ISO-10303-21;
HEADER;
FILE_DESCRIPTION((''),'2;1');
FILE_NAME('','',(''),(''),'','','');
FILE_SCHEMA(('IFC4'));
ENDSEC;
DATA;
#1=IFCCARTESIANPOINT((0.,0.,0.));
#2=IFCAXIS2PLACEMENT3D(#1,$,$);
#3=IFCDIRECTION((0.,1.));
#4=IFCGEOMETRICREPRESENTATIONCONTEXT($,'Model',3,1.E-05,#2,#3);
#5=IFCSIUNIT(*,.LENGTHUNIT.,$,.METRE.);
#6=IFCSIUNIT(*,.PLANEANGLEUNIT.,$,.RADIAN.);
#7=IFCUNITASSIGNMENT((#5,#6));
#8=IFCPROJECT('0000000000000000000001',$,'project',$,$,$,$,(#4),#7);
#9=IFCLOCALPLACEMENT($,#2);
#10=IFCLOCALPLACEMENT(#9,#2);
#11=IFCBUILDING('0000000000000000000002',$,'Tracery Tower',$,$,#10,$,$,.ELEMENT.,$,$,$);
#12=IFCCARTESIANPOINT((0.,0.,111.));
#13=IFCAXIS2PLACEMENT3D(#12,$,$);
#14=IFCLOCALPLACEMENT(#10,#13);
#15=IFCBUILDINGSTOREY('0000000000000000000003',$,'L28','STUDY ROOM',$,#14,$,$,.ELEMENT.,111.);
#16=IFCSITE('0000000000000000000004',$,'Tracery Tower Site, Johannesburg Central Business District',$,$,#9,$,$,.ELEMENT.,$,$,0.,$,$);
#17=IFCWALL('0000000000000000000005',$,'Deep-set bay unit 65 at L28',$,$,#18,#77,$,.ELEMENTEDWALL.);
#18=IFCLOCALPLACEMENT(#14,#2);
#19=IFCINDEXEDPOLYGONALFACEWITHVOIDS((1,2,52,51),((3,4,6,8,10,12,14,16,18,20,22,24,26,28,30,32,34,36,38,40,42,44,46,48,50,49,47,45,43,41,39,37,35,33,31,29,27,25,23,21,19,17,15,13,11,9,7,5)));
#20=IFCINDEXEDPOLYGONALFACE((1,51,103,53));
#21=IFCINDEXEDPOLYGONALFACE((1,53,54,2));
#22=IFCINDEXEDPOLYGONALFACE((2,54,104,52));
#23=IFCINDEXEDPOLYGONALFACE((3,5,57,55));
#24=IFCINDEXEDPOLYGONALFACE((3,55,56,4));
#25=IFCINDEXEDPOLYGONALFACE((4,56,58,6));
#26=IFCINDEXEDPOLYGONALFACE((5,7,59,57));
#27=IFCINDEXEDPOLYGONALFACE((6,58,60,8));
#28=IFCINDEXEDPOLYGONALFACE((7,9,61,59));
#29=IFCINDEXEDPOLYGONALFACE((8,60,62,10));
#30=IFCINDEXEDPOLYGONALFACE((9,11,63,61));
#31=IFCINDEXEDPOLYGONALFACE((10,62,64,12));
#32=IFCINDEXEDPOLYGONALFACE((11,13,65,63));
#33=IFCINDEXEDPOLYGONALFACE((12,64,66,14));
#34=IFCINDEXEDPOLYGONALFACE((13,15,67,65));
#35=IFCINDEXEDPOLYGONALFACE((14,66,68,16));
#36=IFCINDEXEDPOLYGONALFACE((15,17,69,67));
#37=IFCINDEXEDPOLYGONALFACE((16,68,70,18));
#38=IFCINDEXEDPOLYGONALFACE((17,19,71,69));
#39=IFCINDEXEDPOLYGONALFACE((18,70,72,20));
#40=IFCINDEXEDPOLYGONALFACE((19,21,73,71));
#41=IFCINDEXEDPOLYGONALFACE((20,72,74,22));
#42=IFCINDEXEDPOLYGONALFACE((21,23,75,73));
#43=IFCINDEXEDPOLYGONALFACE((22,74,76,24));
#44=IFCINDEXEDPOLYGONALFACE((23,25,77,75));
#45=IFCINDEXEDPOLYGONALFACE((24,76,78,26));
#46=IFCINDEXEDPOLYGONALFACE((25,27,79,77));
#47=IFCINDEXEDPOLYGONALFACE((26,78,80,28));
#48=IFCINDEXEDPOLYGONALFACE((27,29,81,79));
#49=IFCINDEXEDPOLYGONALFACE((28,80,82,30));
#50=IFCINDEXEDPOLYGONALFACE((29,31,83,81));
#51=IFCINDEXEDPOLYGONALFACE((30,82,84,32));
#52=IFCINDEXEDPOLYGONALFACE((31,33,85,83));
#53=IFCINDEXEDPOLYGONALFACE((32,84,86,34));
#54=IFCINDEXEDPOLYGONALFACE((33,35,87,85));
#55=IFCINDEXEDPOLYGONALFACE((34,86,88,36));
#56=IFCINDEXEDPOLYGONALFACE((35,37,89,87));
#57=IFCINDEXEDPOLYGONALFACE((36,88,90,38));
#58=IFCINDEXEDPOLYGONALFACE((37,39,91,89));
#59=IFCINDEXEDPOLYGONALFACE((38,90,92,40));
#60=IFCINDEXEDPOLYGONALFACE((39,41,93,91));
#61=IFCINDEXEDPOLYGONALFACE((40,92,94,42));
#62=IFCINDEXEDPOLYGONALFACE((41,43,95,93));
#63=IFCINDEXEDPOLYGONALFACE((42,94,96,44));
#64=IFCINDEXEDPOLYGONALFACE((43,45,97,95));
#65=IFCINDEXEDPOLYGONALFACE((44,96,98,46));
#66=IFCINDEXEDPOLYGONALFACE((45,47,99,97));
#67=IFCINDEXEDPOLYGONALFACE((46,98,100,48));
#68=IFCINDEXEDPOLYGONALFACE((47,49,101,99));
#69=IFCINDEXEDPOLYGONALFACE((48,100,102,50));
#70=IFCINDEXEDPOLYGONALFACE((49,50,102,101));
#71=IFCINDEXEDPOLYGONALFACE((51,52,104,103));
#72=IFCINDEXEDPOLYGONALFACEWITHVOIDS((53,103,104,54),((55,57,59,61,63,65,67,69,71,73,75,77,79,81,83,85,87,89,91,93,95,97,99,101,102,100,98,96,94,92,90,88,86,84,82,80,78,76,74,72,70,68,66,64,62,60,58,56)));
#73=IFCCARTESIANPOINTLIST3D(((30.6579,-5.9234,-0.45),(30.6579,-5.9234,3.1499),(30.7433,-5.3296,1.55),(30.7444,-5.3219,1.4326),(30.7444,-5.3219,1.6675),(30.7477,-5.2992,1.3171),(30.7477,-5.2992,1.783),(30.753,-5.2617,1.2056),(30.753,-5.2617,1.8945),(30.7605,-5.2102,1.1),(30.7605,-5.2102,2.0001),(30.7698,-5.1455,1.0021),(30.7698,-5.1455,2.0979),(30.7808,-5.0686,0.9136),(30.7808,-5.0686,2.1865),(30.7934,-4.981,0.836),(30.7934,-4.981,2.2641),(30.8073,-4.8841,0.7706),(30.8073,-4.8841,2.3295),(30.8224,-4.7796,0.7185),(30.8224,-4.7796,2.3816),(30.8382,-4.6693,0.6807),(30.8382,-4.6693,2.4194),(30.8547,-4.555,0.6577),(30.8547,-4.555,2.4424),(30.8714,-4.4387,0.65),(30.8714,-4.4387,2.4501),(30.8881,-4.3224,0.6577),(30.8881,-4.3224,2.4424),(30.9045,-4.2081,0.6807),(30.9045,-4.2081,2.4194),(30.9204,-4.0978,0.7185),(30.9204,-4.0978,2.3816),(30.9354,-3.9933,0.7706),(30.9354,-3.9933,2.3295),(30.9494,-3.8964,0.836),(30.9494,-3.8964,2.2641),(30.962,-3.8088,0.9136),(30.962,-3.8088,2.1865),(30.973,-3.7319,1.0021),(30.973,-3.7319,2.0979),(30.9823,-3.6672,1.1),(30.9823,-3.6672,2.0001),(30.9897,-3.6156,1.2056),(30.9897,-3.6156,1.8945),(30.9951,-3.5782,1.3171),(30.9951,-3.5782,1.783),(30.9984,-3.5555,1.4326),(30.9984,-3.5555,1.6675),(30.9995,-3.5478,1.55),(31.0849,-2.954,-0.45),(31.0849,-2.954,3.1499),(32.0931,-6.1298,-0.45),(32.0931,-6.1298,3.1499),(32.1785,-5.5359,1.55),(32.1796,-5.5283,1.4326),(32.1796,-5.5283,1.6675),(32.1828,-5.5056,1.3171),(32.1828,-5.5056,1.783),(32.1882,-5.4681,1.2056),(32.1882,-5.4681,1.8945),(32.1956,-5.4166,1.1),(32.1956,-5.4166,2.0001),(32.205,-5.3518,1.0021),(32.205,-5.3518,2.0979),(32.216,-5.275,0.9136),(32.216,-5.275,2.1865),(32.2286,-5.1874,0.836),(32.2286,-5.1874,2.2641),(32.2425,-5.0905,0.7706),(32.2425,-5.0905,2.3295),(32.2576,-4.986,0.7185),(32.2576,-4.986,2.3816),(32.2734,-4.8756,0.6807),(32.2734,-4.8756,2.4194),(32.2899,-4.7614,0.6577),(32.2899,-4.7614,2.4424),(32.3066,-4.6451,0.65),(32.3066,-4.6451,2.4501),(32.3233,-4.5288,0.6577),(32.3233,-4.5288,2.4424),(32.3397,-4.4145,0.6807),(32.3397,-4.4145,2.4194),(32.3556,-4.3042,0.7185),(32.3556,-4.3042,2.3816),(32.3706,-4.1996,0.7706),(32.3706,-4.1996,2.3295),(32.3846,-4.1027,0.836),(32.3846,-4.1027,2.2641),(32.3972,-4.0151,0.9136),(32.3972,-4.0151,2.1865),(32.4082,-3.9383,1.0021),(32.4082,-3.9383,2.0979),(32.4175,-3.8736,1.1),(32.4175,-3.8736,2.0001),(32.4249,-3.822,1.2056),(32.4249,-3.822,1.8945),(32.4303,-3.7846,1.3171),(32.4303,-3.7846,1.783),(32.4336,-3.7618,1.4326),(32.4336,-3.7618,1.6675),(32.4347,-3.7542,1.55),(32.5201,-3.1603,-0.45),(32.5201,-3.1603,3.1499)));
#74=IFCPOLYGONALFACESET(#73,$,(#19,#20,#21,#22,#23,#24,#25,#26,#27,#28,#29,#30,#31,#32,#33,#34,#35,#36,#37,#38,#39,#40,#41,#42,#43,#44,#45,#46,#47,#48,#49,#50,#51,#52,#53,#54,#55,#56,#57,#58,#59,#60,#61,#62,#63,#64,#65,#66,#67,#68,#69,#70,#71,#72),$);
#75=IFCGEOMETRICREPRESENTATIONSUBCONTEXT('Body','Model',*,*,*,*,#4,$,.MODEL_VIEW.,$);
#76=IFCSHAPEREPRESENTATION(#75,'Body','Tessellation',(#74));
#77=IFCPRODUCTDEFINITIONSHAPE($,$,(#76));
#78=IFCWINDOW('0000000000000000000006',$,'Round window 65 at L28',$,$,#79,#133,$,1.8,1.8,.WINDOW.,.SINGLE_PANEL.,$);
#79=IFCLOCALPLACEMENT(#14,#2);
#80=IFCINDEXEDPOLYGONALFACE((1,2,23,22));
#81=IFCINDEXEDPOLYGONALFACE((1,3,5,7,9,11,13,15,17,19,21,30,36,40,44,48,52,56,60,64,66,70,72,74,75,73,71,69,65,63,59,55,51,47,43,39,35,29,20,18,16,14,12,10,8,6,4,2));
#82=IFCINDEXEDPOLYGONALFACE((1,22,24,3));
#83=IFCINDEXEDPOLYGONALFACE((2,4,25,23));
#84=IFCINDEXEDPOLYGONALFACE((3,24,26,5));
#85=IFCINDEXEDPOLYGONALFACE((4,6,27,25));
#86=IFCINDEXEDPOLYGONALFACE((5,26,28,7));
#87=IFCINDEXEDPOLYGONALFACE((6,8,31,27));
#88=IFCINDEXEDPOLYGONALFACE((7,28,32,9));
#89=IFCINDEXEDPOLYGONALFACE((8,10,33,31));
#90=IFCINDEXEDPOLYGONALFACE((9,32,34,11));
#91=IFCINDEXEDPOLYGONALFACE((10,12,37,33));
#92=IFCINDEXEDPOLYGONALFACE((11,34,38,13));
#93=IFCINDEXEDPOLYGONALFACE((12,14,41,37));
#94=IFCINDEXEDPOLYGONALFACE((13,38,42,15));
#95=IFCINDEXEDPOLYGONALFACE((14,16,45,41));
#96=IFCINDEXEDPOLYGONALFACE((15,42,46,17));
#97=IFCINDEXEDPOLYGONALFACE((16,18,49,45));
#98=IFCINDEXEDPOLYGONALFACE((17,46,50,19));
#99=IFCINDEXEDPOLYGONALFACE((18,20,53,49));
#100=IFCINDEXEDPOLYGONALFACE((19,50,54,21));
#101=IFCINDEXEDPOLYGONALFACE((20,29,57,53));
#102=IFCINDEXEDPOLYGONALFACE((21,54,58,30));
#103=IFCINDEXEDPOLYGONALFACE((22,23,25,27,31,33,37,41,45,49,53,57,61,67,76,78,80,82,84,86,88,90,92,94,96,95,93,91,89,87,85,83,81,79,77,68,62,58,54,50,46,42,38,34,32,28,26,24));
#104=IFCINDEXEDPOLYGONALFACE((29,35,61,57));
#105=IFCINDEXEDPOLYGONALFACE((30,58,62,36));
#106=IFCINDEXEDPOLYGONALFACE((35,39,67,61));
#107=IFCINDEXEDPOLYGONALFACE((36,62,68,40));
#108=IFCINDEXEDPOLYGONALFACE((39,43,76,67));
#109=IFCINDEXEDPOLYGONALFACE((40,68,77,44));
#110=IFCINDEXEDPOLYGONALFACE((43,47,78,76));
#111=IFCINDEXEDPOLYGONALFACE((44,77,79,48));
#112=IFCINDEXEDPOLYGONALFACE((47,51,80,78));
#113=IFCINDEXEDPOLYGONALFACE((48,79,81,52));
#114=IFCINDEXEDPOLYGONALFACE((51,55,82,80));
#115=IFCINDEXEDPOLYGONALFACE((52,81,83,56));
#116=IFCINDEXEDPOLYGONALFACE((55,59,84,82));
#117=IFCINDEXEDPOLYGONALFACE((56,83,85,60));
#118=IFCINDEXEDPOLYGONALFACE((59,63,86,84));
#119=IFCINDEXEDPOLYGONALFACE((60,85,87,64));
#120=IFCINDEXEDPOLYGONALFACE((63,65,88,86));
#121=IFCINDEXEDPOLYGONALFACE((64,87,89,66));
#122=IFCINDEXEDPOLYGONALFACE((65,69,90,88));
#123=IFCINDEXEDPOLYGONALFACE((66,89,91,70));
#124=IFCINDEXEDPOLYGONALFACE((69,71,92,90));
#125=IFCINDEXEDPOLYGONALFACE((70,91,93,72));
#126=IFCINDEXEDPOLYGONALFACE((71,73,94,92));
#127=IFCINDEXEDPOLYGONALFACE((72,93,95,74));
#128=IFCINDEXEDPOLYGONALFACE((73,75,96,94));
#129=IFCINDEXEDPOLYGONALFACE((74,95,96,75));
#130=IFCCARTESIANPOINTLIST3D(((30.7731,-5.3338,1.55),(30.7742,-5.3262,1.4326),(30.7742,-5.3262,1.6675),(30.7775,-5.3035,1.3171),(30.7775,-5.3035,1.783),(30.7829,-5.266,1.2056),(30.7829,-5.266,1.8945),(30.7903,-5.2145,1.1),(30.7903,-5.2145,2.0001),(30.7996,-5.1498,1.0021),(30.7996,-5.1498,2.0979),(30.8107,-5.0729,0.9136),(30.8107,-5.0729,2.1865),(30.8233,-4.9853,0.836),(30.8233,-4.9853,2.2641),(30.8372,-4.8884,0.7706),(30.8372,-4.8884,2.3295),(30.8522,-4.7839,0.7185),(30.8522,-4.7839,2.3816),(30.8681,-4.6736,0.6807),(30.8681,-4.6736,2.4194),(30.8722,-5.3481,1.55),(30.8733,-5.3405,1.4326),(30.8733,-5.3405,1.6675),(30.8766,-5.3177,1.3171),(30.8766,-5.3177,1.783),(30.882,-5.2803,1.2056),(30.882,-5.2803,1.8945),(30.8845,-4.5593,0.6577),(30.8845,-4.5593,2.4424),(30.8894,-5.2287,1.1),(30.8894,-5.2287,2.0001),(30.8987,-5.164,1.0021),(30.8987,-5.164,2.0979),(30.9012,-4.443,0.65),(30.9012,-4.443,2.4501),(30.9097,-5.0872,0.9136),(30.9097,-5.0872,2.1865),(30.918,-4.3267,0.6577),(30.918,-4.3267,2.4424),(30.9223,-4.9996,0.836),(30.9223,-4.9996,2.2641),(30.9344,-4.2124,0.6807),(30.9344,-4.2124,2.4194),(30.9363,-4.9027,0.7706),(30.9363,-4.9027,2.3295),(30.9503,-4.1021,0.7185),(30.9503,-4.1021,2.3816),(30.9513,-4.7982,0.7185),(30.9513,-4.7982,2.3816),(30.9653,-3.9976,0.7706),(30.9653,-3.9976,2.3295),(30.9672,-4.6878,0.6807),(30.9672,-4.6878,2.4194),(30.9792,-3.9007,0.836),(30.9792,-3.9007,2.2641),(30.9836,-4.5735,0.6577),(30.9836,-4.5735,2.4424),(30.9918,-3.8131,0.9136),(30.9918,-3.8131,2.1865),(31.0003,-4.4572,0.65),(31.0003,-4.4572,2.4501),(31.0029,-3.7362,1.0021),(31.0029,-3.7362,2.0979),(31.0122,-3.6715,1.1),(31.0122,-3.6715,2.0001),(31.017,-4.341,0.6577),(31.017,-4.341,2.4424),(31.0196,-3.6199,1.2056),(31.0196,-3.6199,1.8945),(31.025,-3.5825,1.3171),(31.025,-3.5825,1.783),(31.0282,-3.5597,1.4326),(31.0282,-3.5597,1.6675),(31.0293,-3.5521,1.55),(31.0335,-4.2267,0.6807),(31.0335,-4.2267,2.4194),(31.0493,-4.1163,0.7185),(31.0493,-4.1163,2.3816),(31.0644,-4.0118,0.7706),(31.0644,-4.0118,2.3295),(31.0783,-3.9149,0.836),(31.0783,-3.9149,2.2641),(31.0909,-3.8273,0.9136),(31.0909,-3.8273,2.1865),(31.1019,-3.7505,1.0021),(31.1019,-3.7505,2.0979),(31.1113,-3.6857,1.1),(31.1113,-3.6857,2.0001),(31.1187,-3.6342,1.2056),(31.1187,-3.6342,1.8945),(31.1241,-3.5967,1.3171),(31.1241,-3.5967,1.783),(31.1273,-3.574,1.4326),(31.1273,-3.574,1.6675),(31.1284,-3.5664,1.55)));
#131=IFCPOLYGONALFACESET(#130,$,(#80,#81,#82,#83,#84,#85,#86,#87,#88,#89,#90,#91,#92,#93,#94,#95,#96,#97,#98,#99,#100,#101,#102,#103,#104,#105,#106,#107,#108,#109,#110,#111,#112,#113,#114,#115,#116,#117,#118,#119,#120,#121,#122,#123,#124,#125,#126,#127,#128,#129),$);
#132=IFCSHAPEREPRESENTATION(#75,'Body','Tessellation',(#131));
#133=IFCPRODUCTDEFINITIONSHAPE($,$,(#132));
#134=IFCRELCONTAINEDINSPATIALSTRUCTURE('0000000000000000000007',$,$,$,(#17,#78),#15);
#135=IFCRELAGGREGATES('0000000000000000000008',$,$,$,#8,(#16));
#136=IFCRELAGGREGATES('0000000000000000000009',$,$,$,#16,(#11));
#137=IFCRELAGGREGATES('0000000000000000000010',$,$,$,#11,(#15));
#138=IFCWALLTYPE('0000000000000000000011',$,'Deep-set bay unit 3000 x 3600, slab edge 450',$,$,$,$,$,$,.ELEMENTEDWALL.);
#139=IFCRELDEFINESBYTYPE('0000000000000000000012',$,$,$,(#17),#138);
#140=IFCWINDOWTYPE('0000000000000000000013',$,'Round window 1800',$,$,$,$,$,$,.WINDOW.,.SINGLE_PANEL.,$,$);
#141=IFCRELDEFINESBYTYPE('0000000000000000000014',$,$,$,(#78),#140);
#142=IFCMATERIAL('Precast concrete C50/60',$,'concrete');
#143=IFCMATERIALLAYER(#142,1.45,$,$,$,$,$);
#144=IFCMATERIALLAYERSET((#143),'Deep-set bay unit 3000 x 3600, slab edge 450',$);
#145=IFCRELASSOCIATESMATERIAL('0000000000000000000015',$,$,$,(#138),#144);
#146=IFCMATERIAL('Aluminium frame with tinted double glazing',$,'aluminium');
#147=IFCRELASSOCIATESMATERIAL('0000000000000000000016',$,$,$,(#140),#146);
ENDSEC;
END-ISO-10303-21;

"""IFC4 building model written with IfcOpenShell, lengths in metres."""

from ifc_helpers import new_model, si_unit, direction, frame, frame_2d, origin, origin_2d, place, context, subcontext, project, spatial, rectangle, circle, extrude, material, layer, layer_set, type_object, element, fill, save


model = new_model("IFC4")

# Units and contexts
model_context = context("Model", 3, precision=1e-05, world=origin(), true_north=direction((0.0, 1.0)))
body_context = subcontext(model_context, "Body", "Model", "MODEL_VIEW")
ifc_project = project(units=[si_unit("LENGTHUNIT", "METRE"), si_unit("PLANEANGLEUNIT", "RADIAN")], contexts=[model_context])

# Site, building, storey
site_placement = place(None, origin())
site = spatial("IfcSite", under=ifc_project, at=site_placement, Name="Tracery Tower Site, Johannesburg Central Business District", CompositionType="ELEMENT", RefElevation=0.0)
building_placement = place(site_placement, origin())
building = spatial("IfcBuilding", under=site, at=building_placement, Name="Tracery Tower", CompositionType="ELEMENT")
storey_placement = place(building_placement, frame((0.0, 0.0, 111.0)))
storey = spatial("IfcBuildingStorey", under=building, at=storey_placement, Name="L28", Description="STUDY ROOM", CompositionType="ELEMENT", Elevation=111.0)

# Wall, opening, window
ifc_material_1 = material(Name="Precast concrete C50/60", Category="concrete")
ifc_layer_1 = layer(ifc_material_1, 1.45)
ifc_layer_set_1 = layer_set([ifc_layer_1], Name="Deep-set bay unit 3000 x 3600, slab edge 450")
wall_type_1 = type_object("IfcWallType", Name="Deep-set bay unit 3000 x 3600, slab edge 450", PredefinedType="ELEMENTEDWALL", material=ifc_layer_set_1)
wall_1_placement = place(storey_placement, frame((31.3755, -6.0266, -0.45), z_axis=(0.0, 0.0, 1.0), x_axis=(0.142333, 0.989819, 0.0)))
wall_1 = element("IfcWall", 1, at=wall_1_placement, inside=storey, type_object=wall_type_1, Name="Deep-set bay unit 65 at L28", PredefinedType="ELEMENTEDWALL", context=body_context, shape_type="SweptSolid", body=[
    extrude(rectangle(XDim=3.0, YDim=1.45, at=frame_2d((1.5, 0.0))), origin(), (0.0, 0.0, 1.0), 3.5999),
])
opening_1_placement = place(wall_1_placement, frame((1.5, 0.0, 2.0)))
opening_1 = element("IfcOpeningElement", 2, at=opening_1_placement, cuts=wall_1, PredefinedType="OPENING", context=body_context, shape_type="SweptSolid", body=[
    extrude(circle(Radius=0.9, at=origin_2d()), frame((0.0, 0.7349, 0.0), z_axis=(0.0, -1.0, 0.0), x_axis=(1.0, 0.0, 0.0)), (0.0, 0.0, 1.0), 1.47),
])
ifc_material_2 = material(Name="Aluminium frame with tinted double glazing", Category="aluminium")
window_type = type_object("IfcWindowType", Name="Round window 1800", PartitioningType="SINGLE_PANEL", PredefinedType="WINDOW", material=ifc_material_2)
window_1_placement = place(opening_1_placement, origin())
window_1 = element("IfcWindow", 3, at=window_1_placement, inside=storey, type_object=window_type, Name="Round window 65 at L28", OverallHeight=1.8, OverallWidth=1.8, PartitioningType="SINGLE_PANEL", PredefinedType="WINDOW", context=body_context, shape_type="SweptSolid", body=[
    extrude(circle(Radius=0.9, at=origin_2d()), frame((0.0, 0.6948, 0.0), z_axis=(0.0, -1.0, 0.0), x_axis=(1.0, 0.0, 0.0)), (0.0, 0.0, 1.0), 0.1001),
])
fill(opening_1, window_1)

save(model, "model.ifc")
